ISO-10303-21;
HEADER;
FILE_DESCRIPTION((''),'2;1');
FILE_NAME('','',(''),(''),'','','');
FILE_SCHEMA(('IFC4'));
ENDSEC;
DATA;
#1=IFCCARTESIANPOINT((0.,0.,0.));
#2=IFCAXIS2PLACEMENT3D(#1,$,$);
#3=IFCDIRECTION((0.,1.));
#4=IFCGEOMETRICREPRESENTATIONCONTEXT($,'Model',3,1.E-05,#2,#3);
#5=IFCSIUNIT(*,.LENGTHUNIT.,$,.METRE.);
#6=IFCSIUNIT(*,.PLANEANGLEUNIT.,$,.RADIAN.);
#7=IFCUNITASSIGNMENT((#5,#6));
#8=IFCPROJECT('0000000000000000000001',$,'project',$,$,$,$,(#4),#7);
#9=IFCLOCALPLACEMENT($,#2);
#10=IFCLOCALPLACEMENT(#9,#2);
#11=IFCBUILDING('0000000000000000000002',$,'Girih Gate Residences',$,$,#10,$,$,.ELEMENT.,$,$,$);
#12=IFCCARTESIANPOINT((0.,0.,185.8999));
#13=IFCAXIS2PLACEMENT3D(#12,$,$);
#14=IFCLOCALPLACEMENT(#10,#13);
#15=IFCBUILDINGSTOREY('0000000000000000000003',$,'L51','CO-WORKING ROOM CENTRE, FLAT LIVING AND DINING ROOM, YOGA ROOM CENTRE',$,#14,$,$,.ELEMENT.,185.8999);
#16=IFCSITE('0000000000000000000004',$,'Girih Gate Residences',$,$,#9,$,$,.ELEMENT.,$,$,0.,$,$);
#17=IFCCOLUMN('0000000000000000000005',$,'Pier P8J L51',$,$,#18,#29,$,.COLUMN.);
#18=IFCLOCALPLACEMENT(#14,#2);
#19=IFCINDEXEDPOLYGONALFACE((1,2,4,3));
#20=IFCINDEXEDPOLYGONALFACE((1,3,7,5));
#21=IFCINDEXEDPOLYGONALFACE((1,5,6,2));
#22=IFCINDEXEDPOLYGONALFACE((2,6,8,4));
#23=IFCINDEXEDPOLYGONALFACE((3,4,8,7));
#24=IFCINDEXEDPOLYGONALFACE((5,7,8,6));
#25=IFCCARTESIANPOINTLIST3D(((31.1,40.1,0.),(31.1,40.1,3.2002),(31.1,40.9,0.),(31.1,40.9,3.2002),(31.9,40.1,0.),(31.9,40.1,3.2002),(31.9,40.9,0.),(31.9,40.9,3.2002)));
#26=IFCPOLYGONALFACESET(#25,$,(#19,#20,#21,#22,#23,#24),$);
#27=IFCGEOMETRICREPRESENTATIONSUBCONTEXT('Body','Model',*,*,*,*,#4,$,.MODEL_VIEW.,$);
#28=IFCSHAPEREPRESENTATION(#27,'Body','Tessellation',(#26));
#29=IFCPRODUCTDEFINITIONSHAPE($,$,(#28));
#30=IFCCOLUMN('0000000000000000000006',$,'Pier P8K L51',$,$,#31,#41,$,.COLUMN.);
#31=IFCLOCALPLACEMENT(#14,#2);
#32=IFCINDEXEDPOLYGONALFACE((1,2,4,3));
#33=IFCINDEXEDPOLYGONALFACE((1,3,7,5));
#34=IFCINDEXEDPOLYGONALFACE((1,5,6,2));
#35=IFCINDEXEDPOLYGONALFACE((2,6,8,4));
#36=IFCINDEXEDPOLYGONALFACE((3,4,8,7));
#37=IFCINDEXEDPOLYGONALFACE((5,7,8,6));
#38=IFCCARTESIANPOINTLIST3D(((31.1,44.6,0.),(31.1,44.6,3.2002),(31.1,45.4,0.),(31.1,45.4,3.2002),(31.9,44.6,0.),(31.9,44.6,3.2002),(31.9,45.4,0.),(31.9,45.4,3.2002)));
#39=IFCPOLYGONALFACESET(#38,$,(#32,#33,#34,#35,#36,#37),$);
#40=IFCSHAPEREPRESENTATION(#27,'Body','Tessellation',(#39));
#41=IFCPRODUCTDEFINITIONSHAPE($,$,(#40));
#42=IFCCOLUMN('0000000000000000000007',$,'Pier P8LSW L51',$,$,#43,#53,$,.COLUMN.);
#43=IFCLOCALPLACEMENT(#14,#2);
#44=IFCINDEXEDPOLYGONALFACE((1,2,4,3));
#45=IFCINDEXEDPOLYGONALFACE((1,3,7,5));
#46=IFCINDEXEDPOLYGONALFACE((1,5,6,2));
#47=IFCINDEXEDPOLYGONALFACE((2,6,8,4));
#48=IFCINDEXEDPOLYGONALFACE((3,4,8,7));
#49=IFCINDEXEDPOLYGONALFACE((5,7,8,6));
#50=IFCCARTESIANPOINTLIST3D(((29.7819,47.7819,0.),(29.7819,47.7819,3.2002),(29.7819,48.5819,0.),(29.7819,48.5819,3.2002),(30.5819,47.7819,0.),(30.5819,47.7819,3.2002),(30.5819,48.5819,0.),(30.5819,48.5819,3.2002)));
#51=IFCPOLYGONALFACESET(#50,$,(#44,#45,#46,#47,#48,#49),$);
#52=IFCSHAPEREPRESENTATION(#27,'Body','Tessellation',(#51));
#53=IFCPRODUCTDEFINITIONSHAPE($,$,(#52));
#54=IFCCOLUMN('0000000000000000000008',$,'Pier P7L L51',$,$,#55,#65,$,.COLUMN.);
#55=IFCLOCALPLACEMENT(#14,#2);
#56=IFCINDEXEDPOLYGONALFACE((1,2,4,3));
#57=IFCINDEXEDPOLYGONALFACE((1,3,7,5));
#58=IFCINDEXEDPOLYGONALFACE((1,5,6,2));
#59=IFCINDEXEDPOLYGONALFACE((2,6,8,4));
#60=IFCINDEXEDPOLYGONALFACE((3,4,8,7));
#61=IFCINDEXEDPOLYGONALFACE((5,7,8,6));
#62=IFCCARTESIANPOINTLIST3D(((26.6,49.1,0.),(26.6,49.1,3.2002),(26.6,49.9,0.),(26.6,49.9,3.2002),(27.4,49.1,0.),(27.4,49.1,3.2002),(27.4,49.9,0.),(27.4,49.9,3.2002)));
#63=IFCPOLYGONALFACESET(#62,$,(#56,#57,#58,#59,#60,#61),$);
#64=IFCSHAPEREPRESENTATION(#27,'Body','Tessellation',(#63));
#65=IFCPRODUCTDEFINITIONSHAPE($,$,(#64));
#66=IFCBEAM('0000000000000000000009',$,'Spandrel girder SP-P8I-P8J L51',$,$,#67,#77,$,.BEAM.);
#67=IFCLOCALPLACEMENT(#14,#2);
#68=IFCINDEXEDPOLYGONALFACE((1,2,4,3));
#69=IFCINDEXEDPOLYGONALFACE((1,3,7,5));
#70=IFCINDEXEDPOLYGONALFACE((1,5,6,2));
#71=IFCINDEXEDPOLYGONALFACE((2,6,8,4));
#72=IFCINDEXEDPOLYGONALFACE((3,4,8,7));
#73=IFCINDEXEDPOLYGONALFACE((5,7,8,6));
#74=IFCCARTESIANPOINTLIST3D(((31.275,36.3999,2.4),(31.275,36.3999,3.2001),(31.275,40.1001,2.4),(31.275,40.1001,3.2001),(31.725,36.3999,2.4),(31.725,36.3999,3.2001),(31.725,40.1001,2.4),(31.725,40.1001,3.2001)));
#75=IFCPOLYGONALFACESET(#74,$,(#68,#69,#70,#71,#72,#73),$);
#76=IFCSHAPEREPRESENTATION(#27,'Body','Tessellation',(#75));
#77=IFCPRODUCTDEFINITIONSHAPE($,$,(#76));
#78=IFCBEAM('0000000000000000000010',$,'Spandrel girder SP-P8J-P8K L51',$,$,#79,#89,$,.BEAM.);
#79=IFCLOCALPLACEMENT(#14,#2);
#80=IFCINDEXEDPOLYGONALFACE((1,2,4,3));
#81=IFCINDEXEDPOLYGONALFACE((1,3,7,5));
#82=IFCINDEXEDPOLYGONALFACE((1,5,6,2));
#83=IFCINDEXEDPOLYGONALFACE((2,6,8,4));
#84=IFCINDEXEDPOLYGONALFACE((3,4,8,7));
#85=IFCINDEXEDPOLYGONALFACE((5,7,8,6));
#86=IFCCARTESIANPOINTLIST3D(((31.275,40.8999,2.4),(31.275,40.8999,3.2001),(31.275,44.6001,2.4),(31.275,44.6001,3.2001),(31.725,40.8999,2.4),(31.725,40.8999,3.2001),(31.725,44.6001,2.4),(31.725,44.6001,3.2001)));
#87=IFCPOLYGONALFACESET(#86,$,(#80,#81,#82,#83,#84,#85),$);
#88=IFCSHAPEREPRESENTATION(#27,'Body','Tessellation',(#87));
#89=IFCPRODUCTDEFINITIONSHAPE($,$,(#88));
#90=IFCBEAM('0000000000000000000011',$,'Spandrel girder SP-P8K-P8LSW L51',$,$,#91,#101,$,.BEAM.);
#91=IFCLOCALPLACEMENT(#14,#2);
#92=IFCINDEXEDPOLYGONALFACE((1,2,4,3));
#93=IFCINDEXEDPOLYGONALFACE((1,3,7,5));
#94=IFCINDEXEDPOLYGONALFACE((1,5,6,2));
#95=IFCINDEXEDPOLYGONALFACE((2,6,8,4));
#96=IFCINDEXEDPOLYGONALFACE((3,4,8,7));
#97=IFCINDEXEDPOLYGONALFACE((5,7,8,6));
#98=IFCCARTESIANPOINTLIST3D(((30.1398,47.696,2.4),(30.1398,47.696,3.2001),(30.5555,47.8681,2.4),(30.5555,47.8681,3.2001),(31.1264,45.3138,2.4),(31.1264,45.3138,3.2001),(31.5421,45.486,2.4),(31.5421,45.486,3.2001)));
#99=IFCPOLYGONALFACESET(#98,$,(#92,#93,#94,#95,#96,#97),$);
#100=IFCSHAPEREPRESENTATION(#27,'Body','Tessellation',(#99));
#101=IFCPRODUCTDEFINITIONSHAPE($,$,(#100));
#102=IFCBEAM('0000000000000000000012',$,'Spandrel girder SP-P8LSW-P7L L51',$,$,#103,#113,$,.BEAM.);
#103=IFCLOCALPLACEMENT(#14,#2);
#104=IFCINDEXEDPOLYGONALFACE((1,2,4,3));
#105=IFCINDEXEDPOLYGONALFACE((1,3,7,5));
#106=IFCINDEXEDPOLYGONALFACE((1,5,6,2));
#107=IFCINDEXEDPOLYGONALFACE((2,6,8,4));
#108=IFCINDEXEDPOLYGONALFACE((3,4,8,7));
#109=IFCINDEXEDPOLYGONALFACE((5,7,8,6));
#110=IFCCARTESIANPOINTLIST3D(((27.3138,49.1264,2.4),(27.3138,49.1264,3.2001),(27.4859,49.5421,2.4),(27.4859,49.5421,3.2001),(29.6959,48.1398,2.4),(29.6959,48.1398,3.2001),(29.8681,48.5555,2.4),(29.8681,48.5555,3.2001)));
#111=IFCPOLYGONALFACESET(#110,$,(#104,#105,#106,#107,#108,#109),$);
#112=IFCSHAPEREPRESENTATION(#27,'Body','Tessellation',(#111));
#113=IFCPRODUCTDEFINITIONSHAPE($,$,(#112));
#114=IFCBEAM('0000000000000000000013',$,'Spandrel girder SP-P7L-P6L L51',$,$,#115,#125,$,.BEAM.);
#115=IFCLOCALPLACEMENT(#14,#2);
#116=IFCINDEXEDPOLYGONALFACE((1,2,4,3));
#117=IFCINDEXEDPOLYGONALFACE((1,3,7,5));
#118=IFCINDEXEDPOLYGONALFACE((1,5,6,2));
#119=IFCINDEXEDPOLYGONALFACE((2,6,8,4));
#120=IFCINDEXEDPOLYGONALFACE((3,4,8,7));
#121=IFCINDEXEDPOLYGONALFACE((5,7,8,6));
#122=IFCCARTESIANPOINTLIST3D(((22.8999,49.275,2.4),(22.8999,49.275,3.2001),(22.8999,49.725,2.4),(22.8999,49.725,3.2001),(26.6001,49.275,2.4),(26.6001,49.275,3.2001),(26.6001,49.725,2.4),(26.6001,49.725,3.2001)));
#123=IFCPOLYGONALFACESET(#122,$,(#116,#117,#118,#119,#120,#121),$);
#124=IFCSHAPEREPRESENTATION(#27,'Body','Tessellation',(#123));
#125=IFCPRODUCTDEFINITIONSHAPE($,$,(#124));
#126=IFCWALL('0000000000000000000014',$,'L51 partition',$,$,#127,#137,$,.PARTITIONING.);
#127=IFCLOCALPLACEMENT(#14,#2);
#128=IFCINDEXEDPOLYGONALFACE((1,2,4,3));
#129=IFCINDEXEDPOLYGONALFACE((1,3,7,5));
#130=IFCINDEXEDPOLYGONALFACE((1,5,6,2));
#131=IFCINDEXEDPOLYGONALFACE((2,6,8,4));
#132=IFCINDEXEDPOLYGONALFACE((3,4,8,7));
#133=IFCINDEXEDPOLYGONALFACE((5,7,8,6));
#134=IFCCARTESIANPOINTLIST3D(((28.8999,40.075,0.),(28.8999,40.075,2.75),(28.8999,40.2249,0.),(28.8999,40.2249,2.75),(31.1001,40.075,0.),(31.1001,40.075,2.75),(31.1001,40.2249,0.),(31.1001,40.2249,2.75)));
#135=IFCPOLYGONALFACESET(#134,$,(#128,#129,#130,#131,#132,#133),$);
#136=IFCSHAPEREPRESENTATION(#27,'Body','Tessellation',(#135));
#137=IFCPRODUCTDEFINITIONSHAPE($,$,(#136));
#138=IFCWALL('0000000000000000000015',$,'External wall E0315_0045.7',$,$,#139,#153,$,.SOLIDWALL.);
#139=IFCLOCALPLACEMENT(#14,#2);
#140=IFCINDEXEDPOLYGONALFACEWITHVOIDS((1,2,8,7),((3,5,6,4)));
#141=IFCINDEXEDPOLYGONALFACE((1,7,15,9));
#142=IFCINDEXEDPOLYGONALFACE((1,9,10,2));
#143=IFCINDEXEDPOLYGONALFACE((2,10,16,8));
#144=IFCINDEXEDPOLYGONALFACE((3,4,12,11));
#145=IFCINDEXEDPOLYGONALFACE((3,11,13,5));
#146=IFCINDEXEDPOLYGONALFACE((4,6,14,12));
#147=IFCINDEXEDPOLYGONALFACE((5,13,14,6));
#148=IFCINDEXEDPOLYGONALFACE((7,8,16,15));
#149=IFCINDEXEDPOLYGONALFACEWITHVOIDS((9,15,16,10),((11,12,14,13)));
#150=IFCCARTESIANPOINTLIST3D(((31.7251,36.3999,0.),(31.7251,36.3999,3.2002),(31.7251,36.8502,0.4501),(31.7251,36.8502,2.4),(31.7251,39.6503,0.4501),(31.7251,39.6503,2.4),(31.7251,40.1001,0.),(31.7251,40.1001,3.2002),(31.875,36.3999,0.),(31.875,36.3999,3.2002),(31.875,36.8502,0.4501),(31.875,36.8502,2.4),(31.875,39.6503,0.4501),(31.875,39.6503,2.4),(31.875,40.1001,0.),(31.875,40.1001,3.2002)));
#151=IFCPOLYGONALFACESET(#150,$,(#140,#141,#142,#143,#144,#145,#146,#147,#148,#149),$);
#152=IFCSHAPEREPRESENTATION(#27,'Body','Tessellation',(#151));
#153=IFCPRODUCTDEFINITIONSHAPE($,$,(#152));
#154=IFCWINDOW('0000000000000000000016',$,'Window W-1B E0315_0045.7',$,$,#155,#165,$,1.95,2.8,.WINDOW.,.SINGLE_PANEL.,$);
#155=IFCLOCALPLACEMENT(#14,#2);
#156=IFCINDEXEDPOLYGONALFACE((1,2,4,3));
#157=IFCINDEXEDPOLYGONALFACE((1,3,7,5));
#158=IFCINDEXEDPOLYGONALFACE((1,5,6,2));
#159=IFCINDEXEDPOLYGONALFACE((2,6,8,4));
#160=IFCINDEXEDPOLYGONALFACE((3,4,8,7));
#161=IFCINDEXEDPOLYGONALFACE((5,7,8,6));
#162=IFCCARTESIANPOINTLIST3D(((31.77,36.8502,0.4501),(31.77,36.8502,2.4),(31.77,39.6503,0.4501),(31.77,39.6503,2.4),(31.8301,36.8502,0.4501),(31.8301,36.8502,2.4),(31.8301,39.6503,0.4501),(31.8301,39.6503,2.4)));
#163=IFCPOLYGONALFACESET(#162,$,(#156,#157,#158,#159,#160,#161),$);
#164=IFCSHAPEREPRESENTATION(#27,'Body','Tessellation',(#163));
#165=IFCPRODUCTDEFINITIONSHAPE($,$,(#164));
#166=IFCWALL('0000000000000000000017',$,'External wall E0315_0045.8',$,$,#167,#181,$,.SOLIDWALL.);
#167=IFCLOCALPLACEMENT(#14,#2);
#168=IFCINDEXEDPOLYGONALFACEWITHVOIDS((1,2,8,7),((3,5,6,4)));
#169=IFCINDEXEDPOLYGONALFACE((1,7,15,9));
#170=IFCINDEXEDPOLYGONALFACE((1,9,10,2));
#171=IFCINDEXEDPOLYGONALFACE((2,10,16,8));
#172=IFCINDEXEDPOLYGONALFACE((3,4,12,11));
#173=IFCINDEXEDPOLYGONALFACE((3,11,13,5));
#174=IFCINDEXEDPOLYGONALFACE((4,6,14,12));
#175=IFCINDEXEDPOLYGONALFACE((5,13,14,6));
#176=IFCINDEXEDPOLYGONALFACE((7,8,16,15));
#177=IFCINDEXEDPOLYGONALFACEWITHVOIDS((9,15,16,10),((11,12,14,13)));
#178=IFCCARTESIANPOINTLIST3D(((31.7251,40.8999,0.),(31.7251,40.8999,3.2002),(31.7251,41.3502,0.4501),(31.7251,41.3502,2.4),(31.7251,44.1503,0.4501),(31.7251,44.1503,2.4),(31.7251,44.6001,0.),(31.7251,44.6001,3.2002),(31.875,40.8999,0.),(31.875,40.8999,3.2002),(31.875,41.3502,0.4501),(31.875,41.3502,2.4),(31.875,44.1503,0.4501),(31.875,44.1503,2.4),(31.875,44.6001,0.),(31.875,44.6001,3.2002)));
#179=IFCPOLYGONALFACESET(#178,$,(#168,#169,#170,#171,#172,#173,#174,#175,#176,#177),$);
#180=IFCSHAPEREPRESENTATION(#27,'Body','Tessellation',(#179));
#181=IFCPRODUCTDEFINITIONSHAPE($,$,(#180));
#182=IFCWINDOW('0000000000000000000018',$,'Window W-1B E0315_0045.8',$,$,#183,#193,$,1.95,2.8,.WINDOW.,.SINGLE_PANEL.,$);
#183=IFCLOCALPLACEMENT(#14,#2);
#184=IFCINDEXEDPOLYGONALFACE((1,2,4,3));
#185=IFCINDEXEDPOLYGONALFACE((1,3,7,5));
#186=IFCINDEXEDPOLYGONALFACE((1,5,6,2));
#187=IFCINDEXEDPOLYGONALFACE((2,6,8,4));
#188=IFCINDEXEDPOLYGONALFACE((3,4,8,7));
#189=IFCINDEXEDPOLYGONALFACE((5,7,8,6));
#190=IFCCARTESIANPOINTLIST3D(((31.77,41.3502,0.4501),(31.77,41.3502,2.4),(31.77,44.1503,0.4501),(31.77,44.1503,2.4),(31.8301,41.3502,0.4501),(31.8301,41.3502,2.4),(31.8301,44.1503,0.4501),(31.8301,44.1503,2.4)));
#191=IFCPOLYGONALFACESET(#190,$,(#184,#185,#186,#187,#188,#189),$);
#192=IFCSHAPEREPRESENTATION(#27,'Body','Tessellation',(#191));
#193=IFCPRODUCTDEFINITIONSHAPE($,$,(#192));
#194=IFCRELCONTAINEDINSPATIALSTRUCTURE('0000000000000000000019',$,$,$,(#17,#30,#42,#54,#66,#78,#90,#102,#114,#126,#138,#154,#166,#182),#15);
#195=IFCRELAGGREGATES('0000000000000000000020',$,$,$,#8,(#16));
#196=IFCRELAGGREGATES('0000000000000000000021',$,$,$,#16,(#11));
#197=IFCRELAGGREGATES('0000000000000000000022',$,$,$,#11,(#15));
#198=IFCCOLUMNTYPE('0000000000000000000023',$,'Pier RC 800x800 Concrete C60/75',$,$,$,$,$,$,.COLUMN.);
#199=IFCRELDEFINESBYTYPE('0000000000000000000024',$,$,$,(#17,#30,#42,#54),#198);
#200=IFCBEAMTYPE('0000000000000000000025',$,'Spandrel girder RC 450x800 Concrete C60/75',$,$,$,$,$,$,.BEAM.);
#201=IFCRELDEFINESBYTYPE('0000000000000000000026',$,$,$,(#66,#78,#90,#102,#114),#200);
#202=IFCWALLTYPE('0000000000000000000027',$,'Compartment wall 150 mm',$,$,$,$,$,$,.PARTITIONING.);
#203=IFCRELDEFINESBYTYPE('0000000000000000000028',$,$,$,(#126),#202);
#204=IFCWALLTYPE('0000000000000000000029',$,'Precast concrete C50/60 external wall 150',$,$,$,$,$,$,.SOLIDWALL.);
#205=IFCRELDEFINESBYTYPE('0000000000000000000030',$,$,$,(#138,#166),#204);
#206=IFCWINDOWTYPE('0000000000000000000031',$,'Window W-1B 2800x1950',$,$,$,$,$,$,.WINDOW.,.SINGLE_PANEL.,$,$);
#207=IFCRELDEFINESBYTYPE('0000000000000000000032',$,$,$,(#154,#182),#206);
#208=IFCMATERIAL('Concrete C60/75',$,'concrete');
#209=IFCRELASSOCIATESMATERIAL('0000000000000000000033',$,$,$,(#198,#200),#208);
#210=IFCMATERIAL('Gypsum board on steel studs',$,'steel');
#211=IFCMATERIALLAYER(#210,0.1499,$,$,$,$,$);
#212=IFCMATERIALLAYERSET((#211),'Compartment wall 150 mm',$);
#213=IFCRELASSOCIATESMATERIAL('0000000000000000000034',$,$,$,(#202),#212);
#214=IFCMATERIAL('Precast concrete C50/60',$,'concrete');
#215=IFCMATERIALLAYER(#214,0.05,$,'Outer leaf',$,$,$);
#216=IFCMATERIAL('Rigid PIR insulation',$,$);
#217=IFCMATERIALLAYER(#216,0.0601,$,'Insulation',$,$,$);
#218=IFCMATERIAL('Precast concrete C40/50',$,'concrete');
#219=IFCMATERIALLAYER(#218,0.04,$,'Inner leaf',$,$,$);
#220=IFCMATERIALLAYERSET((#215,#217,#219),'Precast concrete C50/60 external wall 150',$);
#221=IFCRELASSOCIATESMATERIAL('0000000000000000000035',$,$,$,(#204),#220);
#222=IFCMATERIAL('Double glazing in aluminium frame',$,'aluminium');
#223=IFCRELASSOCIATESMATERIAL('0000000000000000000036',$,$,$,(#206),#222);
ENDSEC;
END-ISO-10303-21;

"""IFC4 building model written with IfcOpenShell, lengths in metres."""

from ifc_helpers import new_model, si_unit, direction, frame, frame_2d, origin, origin_2d, place, context, subcontext, project, spatial, rectangle, extrude, material, layer, layer_set, material_profile, profile_set, type_object, element, fill, save


model = new_model("IFC4")

# Units and contexts
model_context = context("Model", 3, precision=1e-05, world=origin(), true_north=direction((0.0, 1.0)))
body_context = subcontext(model_context, "Body", "Model", "MODEL_VIEW")
ifc_project = project(units=[si_unit("LENGTHUNIT", "METRE"), si_unit("PLANEANGLEUNIT", "RADIAN")], contexts=[model_context])

# Site, building, storey
site_placement = place(None, origin())
site = spatial("IfcSite", under=ifc_project, at=site_placement, Name="Girih Gate Residences", CompositionType="ELEMENT", RefElevation=0.0)
building_placement = place(site_placement, origin())
building = spatial("IfcBuilding", under=site, at=building_placement, Name="Girih Gate Residences", CompositionType="ELEMENT")
storey_placement = place(building_placement, frame((0.0, 0.0, 185.8999)))
storey = spatial("IfcBuildingStorey", under=building, at=storey_placement, Name="L51", Description="CO-WORKING ROOM CENTRE, FLAT LIVING AND DINING ROOM, YOGA ROOM CENTRE", CompositionType="ELEMENT", Elevation=185.8999)

# Columns
ifc_material_1 = material(Name="Concrete C60/75", Category="concrete")
ifc_material_profile_1 = material_profile(ifc_material_1, rectangle(XDim=0.8, YDim=0.8, at=origin_2d()))
ifc_profile_set_1 = profile_set([ifc_material_profile_1], Name="Concrete C60/75")
column_type = type_object("IfcColumnType", Name="Pier RC 800x800 Concrete C60/75", PredefinedType="COLUMN", material=ifc_profile_set_1)
for number, where, z_axis, x_axis, name in (
    (1, (31.5, 40.5, 0.0), (0.0, 0.0, 1.0), (1.0, 0.0, 0.0), "Pier P8J L51"),
    (2, (31.5, 45.0, 0.0), (0.0, 0.0, 1.0), (1.0, 0.0, 0.0), "Pier P8K L51"),
    (3, (30.1819, 48.1819, 0.0), (0.0, 0.0, 1.0), (1.0, 0.0, 0.0), "Pier P8LSW L51"),
    (4, (27.0, 49.5, 0.0), (0.0, 0.0, 1.0), (1.0, 0.0, 0.0), "Pier P7L L51"),
):
    element("IfcColumn", number, at=place(storey_placement, frame(where, z_axis=z_axis, x_axis=x_axis)), inside=storey, type_object=column_type, Name=name, PredefinedType="COLUMN", context=body_context, shape_type="SweptSolid", body=[
        extrude(rectangle(XDim=0.8, YDim=0.8, at=origin_2d()), origin(), (0.0, 0.0, 1.0), 3.2002),
    ])

# Beams
ifc_material_profile_2 = material_profile(ifc_material_1, rectangle(XDim=0.45, YDim=0.8, at=origin_2d()))
ifc_profile_set_2 = profile_set([ifc_material_profile_2], Name="Concrete C60/75")
beam_type = type_object("IfcBeamType", Name="Spandrel girder RC 450x800 Concrete C60/75", PredefinedType="BEAM", material=ifc_profile_set_2)
for number, where, z_axis, x_axis, name in (
    (5, (31.5, 36.3999, 2.8), (0.0, 1.0, 0.0), (-1.0, 0.0, 0.0), "Spandrel girder SP-P8I-P8J L51"),
    (6, (31.5, 40.8999, 2.8), (0.0, 1.0, 0.0), (-1.0, 0.0, 0.0), "Spandrel girder SP-P8J-P8K L51"),
):
    element("IfcBeam", number, at=place(storey_placement, frame(where, z_axis=z_axis, x_axis=x_axis)), inside=storey, type_object=beam_type, Name=name, PredefinedType="BEAM", context=body_context, shape_type="SweptSolid", body=[
        extrude(rectangle(XDim=0.45, YDim=0.8, at=origin_2d()), origin(), (0.0, 0.0, 1.0), 3.7002),
    ])
for number, where, z_axis, x_axis, name in (
    (7, (31.3342, 45.3999, 2.8), (-0.382644, 0.923896, 0.0), (-0.923896, -0.382644, 0.0), "Spandrel girder SP-P8K-P8LSW L51"),
    (8, (29.782, 48.3477, 2.8), (-0.923896, 0.382644, 0.0), (-0.382644, -0.923896, 0.0), "Spandrel girder SP-P8LSW-P7L L51"),
):
    element("IfcBeam", number, at=place(storey_placement, frame(where, z_axis=z_axis, x_axis=x_axis)), inside=storey, type_object=beam_type, Name=name, PredefinedType="BEAM", context=body_context, shape_type="SweptSolid", body=[
        extrude(rectangle(XDim=0.45, YDim=0.8, at=origin_2d()), origin(), (0.0, 0.0, 1.0), 2.5784),
    ])
beam_placement = place(storey_placement, frame((26.6001, 49.5, 2.8), z_axis=(-1.0, 0.0, 0.0), x_axis=(0.0, -1.0, 0.0)))
element("IfcBeam", 9, at=beam_placement, inside=storey, type_object=beam_type, Name="Spandrel girder SP-P7L-P6L L51", PredefinedType="BEAM", context=body_context, shape_type="SweptSolid", body=[
    extrude(rectangle(XDim=0.45, YDim=0.8, at=origin_2d()), origin(), (0.0, 0.0, 1.0), 3.7002),
])

# Wall
ifc_material_2 = material(Name="Gypsum board on steel studs", Category="steel")
ifc_layer_1 = layer(ifc_material_2, 0.1499)
ifc_layer_set_1 = layer_set([ifc_layer_1], Name="Compartment wall 150 mm")
wall_type_1 = type_object("IfcWallType", Name="Compartment wall 150 mm", PredefinedType="PARTITIONING", material=ifc_layer_set_1)
wall_1_placement = place(storey_placement, frame((28.8999, 40.1499, 0.0), z_axis=(0.0, 0.0, 1.0), x_axis=(1.0, 0.0, 0.0)))
element("IfcWall", 10, at=wall_1_placement, inside=storey, type_object=wall_type_1, Name="L51 partition", PredefinedType="PARTITIONING", context=body_context, shape_type="SweptSolid", body=[
    extrude(rectangle(XDim=2.2002, YDim=0.1499, at=frame_2d((1.1001, 0.0))), origin(), (0.0, 0.0, 1.0), 2.75),
])

# Walls, openings, windows
ifc_material_3 = material(Name="Precast concrete C50/60", Category="concrete")
ifc_layer_2 = layer(ifc_material_3, 0.05, Name="Outer leaf")
ifc_material_4 = material(Name="Rigid PIR insulation")
ifc_layer_3 = layer(ifc_material_4, 0.0601, Name="Insulation")
ifc_material_5 = material(Name="Precast concrete C40/50", Category="concrete")
ifc_layer_4 = layer(ifc_material_5, 0.04, Name="Inner leaf")
ifc_layer_set_2 = layer_set([ifc_layer_2, ifc_layer_3, ifc_layer_4], Name="Precast concrete C50/60 external wall 150")
wall_type_2 = type_object("IfcWallType", Name="Precast concrete C50/60 external wall 150", PredefinedType="SOLIDWALL", material=ifc_layer_set_2)
wall_2_placement = place(storey_placement, frame((31.8, 40.1001, 0.0), z_axis=(0.0, 0.0, 1.0), x_axis=(0.0, -1.0, 0.0)))
wall_2 = element("IfcWall", 11, at=wall_2_placement, inside=storey, type_object=wall_type_2, Name="External wall E0315_0045.7", PredefinedType="SOLIDWALL", context=body_context, shape_type="SweptSolid", body=[
    extrude(rectangle(XDim=3.7002, YDim=0.1499, at=frame_2d((1.8501, 0.0))), origin(), (0.0, 0.0, 1.0), 3.2002),
])
opening_1_placement = place(wall_2_placement, frame((0.45, 0.0, 0.45)))
opening_1 = element("IfcOpeningElement", 12, at=opening_1_placement, cuts=wall_2, PredefinedType="OPENING", context=body_context, shape_type="SweptSolid", body=[
    extrude(rectangle(XDim=2.8, YDim=1.95, at=frame_2d((1.3999, 0.9751))), frame((0.0, 0.085, 0.0), z_axis=(0.0, -1.0, 0.0), x_axis=(1.0, 0.0, 0.0)), (0.0, 0.0, 1.0), 0.1699),
])
ifc_material_6 = material(Name="Double glazing in aluminium frame", Category="aluminium")
window_type_1 = type_object("IfcWindowType", Name="Window W-1B 2800x1950", PartitioningType="SINGLE_PANEL", PredefinedType="WINDOW", material=ifc_material_6)
window_1_placement = place(opening_1_placement, origin())
window_1 = element("IfcWindow", 13, at=window_1_placement, inside=storey, type_object=window_type_1, Name="Window W-1B E0315_0045.7", OverallHeight=1.95, OverallWidth=2.8, PartitioningType="SINGLE_PANEL", PredefinedType="WINDOW", context=body_context, shape_type="SweptSolid", body=[
    extrude(rectangle(XDim=2.8, YDim=1.95, at=frame_2d((1.3999, 0.9751))), frame((0.0, 0.03, 0.0), z_axis=(0.0, -1.0, 0.0), x_axis=(1.0, 0.0, 0.0)), (0.0, 0.0, 1.0), 0.0601),
])
fill(opening_1, window_1)
wall_3_placement = place(storey_placement, frame((31.8, 44.6001, 0.0), z_axis=(0.0, 0.0, 1.0), x_axis=(0.0, -1.0, 0.0)))
wall_3 = element("IfcWall", 14, at=wall_3_placement, inside=storey, type_object=wall_type_2, Name="External wall E0315_0045.8", PredefinedType="SOLIDWALL", context=body_context, shape_type="SweptSolid", body=[
    extrude(rectangle(XDim=3.7002, YDim=0.1499, at=frame_2d((1.8501, 0.0))), origin(), (0.0, 0.0, 1.0), 3.2002),
])
opening_2_placement = place(wall_3_placement, frame((0.45, 0.0, 0.45)))
opening_2 = element("IfcOpeningElement", 15, at=opening_2_placement, cuts=wall_3, PredefinedType="OPENING", context=body_context, shape_type="SweptSolid", body=[
    extrude(rectangle(XDim=2.8, YDim=1.95, at=frame_2d((1.3999, 0.9751))), frame((0.0, 0.085, 0.0), z_axis=(0.0, -1.0, 0.0), x_axis=(1.0, 0.0, 0.0)), (0.0, 0.0, 1.0), 0.1699),
])
window_2_placement = place(opening_2_placement, origin())
window_2 = element("IfcWindow", 16, at=window_2_placement, inside=storey, type_object=window_type_1, Name="Window W-1B E0315_0045.8", OverallHeight=1.95, OverallWidth=2.8, PartitioningType="SINGLE_PANEL", PredefinedType="WINDOW", context=body_context, shape_type="SweptSolid", body=[
    extrude(rectangle(XDim=2.8, YDim=1.95, at=frame_2d((1.3999, 0.9751))), frame((0.0, 0.03, 0.0), z_axis=(0.0, -1.0, 0.0), x_axis=(1.0, 0.0, 0.0)), (0.0, 0.0, 1.0), 0.0601),
])
fill(opening_2, window_2)

save(model, "model.ifc")
